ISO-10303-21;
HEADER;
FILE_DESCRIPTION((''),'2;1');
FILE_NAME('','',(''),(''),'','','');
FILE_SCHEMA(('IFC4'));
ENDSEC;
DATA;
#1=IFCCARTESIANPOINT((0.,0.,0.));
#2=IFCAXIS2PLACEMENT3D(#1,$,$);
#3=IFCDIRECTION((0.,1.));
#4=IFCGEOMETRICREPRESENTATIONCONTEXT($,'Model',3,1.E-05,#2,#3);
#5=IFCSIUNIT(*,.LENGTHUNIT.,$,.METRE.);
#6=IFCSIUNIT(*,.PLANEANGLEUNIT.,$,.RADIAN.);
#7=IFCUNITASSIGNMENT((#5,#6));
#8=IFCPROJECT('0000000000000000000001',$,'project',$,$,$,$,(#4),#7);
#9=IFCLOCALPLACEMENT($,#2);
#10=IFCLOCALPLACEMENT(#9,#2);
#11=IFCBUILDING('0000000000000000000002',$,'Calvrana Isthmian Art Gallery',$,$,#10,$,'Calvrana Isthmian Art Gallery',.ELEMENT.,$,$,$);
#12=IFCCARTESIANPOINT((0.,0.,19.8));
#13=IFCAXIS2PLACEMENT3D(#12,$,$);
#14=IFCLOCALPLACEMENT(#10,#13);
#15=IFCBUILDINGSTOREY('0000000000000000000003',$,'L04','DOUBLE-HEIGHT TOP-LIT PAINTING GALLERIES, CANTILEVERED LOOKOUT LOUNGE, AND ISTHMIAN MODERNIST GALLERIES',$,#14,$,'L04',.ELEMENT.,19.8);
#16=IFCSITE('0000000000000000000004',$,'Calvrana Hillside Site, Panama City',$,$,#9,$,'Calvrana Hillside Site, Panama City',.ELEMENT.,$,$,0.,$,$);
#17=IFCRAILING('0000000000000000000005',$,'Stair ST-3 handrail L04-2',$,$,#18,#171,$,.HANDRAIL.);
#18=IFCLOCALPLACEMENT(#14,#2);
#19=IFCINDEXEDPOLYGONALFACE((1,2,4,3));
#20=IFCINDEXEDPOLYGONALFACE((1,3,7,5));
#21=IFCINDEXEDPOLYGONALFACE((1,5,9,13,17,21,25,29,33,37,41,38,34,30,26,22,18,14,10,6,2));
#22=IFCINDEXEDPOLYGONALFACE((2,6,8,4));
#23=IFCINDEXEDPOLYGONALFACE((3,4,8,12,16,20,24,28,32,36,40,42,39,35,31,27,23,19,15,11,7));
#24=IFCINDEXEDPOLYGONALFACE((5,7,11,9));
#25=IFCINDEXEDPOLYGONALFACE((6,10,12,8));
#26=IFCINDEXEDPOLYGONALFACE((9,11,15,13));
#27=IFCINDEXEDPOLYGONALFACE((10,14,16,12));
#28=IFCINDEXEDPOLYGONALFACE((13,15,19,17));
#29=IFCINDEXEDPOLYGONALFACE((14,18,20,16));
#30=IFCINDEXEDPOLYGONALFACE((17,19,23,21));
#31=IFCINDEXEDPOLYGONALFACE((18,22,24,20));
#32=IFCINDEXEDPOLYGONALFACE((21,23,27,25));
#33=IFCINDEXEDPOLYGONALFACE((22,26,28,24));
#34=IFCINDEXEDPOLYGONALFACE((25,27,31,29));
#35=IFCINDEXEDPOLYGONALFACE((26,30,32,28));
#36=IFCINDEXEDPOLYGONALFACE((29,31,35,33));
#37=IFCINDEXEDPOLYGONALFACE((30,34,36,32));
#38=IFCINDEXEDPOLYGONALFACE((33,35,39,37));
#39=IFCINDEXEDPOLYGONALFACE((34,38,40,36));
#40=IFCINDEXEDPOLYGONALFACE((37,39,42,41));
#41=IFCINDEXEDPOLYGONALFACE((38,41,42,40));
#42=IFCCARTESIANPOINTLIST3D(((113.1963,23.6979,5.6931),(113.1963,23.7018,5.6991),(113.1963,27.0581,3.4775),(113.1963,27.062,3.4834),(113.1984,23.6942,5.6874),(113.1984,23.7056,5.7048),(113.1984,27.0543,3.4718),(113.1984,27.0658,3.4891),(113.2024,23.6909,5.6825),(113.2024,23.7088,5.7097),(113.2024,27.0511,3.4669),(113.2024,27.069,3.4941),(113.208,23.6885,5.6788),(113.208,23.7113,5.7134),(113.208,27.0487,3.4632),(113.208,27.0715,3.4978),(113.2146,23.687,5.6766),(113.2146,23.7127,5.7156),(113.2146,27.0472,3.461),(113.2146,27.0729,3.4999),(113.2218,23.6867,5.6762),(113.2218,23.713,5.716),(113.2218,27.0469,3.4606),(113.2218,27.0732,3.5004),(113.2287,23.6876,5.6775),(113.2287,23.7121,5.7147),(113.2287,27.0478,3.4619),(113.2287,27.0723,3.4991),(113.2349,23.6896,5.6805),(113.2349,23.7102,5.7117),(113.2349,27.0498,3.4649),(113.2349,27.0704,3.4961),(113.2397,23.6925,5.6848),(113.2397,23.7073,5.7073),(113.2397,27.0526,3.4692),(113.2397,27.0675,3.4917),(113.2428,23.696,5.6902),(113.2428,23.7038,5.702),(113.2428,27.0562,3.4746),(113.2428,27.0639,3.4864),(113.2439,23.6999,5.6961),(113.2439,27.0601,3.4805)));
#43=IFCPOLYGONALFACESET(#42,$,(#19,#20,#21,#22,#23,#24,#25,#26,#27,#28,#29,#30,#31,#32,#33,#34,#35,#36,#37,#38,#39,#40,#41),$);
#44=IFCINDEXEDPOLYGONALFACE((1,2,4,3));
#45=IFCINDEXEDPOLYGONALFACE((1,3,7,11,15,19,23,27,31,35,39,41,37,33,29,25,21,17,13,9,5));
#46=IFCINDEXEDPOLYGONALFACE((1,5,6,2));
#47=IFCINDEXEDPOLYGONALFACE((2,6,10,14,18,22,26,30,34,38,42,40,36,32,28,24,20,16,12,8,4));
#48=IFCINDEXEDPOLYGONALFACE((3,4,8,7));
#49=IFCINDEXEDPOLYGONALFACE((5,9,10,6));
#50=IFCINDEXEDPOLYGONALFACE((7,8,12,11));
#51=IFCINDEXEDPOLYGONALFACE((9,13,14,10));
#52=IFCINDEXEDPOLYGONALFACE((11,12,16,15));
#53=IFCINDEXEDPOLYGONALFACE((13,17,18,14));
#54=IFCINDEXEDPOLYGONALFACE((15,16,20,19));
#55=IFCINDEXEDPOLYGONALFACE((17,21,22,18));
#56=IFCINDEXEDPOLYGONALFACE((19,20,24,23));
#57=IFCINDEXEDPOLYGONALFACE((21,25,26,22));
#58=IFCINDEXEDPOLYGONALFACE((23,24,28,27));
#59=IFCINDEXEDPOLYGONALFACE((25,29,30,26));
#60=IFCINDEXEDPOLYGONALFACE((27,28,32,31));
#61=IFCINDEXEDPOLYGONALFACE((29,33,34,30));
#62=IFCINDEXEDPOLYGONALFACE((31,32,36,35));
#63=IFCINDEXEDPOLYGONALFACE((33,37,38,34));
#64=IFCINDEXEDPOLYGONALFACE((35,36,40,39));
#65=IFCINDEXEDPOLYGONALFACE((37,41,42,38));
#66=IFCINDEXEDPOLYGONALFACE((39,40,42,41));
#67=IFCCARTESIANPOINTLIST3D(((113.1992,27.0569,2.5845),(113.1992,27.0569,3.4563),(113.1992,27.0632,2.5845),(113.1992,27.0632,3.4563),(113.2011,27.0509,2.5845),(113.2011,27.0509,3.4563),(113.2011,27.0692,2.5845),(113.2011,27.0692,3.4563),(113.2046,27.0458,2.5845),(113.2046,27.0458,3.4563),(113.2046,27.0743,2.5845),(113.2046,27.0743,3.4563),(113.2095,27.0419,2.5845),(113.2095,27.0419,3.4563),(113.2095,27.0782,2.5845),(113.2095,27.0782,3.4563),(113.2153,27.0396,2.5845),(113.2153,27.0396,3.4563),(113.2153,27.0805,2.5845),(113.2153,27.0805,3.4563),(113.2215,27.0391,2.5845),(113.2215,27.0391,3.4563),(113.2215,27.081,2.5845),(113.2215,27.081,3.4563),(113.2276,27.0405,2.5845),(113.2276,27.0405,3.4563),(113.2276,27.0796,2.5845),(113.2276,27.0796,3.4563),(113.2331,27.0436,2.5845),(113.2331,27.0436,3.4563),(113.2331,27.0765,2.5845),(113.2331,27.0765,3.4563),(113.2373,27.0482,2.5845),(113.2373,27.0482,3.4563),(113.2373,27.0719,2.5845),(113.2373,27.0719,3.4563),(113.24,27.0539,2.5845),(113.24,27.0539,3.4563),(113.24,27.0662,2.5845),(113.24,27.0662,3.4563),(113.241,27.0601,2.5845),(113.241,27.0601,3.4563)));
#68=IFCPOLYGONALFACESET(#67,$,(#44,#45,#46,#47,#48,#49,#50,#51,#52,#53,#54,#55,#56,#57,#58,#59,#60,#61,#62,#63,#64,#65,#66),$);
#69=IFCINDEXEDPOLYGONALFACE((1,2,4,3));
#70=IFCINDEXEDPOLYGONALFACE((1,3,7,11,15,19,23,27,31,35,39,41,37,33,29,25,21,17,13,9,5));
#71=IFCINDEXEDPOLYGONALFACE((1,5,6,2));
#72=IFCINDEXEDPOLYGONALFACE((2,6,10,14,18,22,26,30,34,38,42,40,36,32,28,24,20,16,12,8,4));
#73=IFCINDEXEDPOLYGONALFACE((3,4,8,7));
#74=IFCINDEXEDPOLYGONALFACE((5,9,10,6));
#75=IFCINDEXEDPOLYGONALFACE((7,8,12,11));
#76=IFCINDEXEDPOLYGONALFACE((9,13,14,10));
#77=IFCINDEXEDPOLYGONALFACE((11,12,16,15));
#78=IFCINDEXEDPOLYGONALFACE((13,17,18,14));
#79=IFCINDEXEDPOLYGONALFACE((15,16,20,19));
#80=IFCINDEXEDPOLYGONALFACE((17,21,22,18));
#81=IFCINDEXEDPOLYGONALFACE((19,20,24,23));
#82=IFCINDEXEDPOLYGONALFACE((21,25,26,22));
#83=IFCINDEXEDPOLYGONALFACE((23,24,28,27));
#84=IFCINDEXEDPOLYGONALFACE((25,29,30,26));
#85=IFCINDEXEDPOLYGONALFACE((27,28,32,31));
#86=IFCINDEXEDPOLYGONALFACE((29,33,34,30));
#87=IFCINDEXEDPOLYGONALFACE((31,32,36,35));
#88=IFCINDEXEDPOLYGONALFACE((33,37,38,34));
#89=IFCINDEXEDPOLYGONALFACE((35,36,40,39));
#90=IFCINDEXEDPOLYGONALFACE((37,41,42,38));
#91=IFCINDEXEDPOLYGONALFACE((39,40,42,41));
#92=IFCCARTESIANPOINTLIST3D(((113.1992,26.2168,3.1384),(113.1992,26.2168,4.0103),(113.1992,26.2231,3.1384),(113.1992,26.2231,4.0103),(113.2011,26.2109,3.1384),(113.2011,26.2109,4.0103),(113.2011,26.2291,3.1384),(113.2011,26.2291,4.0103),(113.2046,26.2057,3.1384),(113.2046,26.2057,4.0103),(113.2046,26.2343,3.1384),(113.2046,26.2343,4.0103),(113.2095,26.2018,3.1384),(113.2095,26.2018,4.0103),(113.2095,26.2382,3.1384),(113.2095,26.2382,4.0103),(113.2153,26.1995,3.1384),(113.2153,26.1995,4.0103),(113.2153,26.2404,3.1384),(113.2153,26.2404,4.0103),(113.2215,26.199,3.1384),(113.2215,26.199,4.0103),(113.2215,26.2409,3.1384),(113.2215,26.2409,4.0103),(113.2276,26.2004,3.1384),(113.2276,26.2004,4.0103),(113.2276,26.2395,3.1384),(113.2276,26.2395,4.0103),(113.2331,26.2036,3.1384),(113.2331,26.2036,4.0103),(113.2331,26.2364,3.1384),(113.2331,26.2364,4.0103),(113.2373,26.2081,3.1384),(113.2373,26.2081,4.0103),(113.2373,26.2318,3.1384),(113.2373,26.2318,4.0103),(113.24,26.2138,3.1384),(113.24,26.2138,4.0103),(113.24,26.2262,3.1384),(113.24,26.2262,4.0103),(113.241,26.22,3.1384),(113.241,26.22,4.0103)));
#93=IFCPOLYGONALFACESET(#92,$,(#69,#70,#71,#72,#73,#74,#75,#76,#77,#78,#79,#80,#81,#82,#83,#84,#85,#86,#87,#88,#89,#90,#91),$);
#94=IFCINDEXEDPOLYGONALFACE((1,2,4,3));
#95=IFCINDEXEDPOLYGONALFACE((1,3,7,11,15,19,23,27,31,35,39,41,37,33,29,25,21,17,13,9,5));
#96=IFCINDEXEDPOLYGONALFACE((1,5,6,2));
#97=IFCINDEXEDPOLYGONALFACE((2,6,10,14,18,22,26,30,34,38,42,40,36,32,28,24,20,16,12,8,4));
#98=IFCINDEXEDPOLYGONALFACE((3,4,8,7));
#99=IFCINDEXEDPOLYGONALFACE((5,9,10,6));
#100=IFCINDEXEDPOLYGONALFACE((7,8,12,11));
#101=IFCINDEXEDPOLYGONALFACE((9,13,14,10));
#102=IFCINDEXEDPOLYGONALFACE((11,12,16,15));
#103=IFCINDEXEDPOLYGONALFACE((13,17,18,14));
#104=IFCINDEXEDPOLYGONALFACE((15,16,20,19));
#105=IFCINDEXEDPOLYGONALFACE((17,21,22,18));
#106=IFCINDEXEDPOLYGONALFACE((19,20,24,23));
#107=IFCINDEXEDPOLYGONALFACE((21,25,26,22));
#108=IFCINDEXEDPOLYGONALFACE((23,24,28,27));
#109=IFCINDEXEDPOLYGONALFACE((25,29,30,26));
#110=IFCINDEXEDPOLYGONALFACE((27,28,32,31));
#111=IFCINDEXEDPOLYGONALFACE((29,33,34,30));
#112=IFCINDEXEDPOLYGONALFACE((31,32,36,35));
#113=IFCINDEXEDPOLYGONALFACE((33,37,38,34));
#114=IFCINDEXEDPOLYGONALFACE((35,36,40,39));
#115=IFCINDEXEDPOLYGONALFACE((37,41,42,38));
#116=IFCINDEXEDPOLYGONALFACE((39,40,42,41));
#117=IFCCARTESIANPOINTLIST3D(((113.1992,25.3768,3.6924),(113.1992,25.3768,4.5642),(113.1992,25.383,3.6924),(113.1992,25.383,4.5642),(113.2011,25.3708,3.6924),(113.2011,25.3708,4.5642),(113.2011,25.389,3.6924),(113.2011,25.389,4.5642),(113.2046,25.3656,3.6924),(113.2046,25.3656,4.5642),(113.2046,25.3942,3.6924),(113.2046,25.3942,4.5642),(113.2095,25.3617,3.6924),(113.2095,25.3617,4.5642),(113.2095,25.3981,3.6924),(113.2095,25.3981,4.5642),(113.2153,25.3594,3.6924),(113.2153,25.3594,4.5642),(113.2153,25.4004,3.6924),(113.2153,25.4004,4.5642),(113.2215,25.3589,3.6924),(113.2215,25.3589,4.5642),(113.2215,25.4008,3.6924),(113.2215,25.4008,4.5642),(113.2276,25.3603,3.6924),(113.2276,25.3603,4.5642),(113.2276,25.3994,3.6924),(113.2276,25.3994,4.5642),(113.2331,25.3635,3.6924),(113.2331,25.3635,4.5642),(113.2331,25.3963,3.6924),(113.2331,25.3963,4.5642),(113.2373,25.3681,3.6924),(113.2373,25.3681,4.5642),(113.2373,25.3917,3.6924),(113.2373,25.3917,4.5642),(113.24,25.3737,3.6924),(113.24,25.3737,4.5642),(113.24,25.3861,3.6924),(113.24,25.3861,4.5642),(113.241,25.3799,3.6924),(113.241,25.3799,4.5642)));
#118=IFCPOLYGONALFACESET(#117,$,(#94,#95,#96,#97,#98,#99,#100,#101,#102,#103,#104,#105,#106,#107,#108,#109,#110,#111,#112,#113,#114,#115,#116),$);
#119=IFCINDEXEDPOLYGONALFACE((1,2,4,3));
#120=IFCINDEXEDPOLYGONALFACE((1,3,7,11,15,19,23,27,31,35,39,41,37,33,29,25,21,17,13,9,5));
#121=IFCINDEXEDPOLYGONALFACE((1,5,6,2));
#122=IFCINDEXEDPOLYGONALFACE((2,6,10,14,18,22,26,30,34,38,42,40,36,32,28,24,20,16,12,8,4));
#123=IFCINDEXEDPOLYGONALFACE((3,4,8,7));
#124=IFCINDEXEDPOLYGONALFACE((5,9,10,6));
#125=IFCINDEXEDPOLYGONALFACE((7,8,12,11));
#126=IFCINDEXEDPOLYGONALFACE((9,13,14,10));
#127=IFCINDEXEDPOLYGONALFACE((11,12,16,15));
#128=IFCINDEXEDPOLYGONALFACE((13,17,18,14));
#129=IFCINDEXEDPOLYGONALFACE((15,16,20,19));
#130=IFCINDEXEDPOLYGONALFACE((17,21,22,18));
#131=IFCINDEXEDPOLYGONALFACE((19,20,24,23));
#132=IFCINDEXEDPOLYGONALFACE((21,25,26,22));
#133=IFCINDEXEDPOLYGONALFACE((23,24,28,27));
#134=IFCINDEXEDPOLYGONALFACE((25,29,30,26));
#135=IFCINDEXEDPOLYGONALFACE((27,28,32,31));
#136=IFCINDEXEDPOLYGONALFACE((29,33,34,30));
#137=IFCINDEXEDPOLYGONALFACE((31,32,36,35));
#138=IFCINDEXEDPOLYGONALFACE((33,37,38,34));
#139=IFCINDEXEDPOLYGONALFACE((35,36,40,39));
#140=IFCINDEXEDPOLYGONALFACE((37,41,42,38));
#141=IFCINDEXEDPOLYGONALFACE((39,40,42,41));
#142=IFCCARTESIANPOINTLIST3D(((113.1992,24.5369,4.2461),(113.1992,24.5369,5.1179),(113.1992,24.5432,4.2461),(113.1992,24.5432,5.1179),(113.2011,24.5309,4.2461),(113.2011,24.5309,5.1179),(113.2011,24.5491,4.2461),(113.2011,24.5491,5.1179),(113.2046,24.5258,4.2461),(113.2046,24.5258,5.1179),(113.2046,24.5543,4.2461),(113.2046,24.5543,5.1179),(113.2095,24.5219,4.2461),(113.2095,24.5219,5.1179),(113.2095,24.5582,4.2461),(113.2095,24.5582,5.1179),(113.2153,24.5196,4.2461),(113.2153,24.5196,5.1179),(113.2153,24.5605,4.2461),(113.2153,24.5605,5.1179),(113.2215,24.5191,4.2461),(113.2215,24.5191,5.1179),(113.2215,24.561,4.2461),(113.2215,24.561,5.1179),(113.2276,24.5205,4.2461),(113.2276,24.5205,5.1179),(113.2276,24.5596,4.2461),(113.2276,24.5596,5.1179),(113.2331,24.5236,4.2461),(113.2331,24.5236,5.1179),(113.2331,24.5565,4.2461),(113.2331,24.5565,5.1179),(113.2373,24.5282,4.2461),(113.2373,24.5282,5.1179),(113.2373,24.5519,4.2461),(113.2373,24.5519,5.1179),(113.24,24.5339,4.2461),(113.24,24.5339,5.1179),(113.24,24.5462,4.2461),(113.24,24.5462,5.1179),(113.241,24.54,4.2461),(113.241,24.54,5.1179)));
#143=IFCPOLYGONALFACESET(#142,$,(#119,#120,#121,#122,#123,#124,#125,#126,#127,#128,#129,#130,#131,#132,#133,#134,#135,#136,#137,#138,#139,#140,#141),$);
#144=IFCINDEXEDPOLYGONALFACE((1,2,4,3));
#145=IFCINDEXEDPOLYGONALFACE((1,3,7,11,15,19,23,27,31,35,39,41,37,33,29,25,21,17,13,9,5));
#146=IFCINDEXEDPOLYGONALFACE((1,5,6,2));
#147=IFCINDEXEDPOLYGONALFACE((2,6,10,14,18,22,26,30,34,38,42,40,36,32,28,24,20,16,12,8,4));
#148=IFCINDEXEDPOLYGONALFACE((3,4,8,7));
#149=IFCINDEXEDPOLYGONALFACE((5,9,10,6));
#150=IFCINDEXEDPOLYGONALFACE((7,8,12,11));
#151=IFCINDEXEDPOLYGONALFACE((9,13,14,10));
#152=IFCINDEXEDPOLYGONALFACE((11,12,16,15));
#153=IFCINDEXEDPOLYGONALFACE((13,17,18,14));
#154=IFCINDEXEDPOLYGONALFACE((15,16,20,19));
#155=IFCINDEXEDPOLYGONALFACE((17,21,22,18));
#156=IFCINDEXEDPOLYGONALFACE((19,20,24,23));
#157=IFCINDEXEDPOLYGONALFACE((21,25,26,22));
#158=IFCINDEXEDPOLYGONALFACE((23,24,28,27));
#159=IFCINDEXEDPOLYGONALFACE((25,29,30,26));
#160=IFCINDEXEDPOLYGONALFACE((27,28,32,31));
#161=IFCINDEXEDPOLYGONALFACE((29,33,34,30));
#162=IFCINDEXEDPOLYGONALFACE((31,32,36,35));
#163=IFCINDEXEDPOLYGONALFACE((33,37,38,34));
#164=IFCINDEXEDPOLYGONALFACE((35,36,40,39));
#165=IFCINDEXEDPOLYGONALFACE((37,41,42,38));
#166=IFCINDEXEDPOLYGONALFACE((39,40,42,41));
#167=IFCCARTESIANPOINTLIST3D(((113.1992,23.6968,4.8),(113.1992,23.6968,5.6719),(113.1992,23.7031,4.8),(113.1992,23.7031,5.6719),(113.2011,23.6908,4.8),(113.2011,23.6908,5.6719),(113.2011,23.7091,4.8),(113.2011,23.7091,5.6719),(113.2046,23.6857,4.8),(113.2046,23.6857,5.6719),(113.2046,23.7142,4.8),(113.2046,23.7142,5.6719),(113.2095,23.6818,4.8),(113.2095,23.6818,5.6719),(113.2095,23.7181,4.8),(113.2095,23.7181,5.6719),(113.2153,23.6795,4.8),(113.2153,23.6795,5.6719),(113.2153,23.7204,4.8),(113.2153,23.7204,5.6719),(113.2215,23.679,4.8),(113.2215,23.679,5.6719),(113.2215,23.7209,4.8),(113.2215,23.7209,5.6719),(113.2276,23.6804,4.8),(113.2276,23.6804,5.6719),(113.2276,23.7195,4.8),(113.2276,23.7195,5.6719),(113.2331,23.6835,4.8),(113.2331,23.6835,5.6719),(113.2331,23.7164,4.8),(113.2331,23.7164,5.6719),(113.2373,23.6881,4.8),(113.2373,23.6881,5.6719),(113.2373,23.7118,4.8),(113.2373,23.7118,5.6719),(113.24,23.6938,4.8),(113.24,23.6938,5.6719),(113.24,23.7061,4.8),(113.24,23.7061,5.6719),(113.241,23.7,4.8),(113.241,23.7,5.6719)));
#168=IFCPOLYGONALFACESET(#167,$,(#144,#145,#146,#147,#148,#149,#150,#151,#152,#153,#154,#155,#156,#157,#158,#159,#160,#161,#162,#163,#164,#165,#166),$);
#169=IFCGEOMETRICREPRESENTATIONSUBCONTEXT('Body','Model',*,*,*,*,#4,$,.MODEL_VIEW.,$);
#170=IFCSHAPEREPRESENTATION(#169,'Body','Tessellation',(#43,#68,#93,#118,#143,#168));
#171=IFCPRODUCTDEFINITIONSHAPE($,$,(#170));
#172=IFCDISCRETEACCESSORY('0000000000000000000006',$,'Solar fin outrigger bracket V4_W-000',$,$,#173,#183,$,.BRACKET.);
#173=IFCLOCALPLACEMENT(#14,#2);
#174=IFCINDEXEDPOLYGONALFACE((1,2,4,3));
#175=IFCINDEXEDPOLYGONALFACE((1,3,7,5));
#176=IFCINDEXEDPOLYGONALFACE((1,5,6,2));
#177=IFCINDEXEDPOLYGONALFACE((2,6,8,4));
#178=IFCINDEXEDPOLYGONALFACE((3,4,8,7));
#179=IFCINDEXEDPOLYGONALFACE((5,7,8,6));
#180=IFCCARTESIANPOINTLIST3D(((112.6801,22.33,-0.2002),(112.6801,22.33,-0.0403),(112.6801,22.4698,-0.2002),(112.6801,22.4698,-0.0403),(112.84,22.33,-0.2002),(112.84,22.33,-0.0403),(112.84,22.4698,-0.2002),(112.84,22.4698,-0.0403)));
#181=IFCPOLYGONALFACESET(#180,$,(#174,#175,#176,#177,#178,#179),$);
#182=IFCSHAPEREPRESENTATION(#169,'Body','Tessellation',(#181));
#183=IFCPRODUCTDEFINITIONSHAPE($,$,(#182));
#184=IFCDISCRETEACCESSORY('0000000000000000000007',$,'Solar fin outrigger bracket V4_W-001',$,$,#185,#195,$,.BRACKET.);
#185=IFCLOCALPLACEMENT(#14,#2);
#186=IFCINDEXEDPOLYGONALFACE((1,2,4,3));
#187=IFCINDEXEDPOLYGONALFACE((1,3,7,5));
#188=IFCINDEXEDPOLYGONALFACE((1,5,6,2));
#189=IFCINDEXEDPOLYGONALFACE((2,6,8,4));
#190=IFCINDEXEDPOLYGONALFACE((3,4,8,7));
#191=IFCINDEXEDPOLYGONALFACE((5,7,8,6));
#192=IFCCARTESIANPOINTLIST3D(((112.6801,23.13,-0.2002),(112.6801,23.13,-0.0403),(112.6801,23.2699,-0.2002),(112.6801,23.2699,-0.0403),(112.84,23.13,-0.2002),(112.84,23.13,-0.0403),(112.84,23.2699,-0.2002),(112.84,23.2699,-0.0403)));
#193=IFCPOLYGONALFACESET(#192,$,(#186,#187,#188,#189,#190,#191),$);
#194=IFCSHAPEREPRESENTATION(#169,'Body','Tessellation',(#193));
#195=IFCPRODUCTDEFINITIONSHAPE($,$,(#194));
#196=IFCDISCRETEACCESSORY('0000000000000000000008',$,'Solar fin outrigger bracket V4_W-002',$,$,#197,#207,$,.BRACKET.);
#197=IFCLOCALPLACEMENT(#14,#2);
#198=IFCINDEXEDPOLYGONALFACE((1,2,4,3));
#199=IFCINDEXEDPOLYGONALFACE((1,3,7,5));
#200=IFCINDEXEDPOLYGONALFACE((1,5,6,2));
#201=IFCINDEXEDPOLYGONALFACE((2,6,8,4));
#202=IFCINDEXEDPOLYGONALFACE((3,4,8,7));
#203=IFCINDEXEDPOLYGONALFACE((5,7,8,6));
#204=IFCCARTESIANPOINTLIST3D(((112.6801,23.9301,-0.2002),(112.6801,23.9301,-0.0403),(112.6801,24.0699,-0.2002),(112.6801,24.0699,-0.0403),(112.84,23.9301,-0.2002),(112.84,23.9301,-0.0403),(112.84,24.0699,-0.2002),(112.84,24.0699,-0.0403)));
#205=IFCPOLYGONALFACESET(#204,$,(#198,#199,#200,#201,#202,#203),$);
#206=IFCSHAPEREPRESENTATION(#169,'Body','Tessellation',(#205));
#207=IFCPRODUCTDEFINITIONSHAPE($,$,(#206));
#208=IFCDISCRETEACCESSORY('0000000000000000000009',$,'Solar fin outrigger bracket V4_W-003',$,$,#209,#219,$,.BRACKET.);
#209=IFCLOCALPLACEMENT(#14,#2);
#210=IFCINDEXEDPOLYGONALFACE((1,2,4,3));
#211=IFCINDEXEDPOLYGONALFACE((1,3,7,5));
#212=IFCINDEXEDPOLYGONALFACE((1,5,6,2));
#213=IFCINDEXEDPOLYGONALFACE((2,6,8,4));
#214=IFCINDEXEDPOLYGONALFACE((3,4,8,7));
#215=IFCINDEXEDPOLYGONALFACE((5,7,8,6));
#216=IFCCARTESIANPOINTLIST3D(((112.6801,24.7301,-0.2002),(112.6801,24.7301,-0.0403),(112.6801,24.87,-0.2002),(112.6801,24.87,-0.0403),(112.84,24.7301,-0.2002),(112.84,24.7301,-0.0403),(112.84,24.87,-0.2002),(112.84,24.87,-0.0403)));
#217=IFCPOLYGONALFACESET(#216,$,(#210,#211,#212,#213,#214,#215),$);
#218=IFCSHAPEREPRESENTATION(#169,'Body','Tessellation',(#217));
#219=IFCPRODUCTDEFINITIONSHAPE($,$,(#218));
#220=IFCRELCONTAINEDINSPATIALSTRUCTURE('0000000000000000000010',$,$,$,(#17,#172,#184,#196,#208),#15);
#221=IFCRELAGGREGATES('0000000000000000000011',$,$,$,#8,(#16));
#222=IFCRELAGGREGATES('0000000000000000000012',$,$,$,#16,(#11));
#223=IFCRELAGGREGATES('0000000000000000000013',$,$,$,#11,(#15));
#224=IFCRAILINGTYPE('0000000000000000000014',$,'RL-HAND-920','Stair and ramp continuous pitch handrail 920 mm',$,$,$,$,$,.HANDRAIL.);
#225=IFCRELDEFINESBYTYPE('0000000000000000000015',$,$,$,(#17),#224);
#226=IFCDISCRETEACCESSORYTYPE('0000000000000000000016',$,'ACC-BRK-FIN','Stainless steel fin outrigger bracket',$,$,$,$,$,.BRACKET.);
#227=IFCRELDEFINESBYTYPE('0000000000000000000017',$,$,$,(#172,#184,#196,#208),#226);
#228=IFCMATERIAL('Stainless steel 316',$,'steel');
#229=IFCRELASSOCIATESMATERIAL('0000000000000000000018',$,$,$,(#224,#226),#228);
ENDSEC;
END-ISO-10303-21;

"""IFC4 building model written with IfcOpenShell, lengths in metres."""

from ifc_helpers import new_model, si_unit, direction, frame, origin, origin_2d, place, context, subcontext, project, spatial, rectangle, circle, extrude, material, type_object, element, save


model = new_model("IFC4")

# Units and contexts
model_context = context("Model", 3, precision=1e-05, world=origin(), true_north=direction((0.0, 1.0)))
body_context = subcontext(model_context, "Body", "Model", "MODEL_VIEW")
ifc_project = project(units=[si_unit("LENGTHUNIT", "METRE"), si_unit("PLANEANGLEUNIT", "RADIAN")], contexts=[model_context])

# Site, building, storey
site_placement = place(None, origin())
site = spatial("IfcSite", under=ifc_project, at=site_placement, Name="Calvrana Hillside Site, Panama City", LongName="Calvrana Hillside Site, Panama City", CompositionType="ELEMENT", RefElevation=0.0)
building_placement = place(site_placement, origin())
building = spatial("IfcBuilding", under=site, at=building_placement, Name="Calvrana Isthmian Art Gallery", LongName="Calvrana Isthmian Art Gallery", CompositionType="ELEMENT")
storey_placement = place(building_placement, frame((0.0, 0.0, 19.8)))
storey = spatial("IfcBuildingStorey", under=building, at=storey_placement, Name="L04", Description="DOUBLE-HEIGHT TOP-LIT PAINTING GALLERIES, CANTILEVERED LOOKOUT LOUNGE, AND ISTHMIAN MODERNIST GALLERIES", LongName="L04", CompositionType="ELEMENT", Elevation=19.8)

# Railing
ifc_material_1 = material(Name="Stainless steel 316", Category="steel")
railing_type_1 = type_object("IfcRailingType", Name="RL-HAND-920", Description="Stair and ramp continuous pitch handrail 920 mm", PredefinedType="HANDRAIL", material=ifc_material_1)
railing_1_placement = place(storey_placement, frame((113.22, 27.0601, 2.5845)))
element("IfcRailing", 1, at=railing_1_placement, inside=storey, type_object=railing_type_1, Name="Stair ST-3 handrail L04-2", PredefinedType="HANDRAIL", context=body_context, shape_type="SweptSolid", body=[
    extrude(circle(Radius=0.0239, at=origin_2d()), frame((0.0, 0.0, 0.896), z_axis=(0.0, -0.834849, 0.55048), x_axis=(1.0, 0.0, 0.0)), (0.0, 0.0, 1.0), 4.0249),
    extrude(circle(Radius=0.021, at=origin_2d()), origin(), (0.0, 0.0, 1.0), 0.8718),
    extrude(circle(Radius=0.021, at=origin_2d()), frame((0.0, -0.8401, 0.554)), (0.0, 0.0, 1.0), 0.8718),
    extrude(circle(Radius=0.021, at=origin_2d()), frame((0.0, -1.6802, 1.1079)), (0.0, 0.0, 1.0), 0.8718),
    extrude(circle(Radius=0.021, at=origin_2d()), frame((0.0, -2.52, 1.6616)), (0.0, 0.0, 1.0), 0.8718),
    extrude(circle(Radius=0.021, at=origin_2d()), frame((0.0, -3.3601, 2.2156)), (0.0, 0.0, 1.0), 0.8718),
])

# Discrete accessories
discrete_accessory_type = type_object("IfcDiscreteAccessoryType", Name="ACC-BRK-FIN", Description="Stainless steel fin outrigger bracket", PredefinedType="BRACKET", material=ifc_material_1)
for number, where, z_axis, x_axis, name in (
    (2, (112.76, 22.3999, -0.2002), (0.0, 0.0, 1.0), (1.0, 0.0, 0.0), "Solar fin outrigger bracket V4_W-000"),
    (3, (112.76, 23.2, -0.2002), (0.0, 0.0, 1.0), (1.0, 0.0, 0.0), "Solar fin outrigger bracket V4_W-001"),
    (4, (112.76, 24.0, -0.2002), (0.0, 0.0, 1.0), (1.0, 0.0, 0.0), "Solar fin outrigger bracket V4_W-002"),
    (5, (112.76, 24.8, -0.2002), (0.0, 0.0, 1.0), (1.0, 0.0, 0.0), "Solar fin outrigger bracket V4_W-003"),
):
    element("IfcDiscreteAccessory", number, at=place(storey_placement, frame(where, z_axis=z_axis, x_axis=x_axis)), inside=storey, type_object=discrete_accessory_type, Name=name, PredefinedType="BRACKET", context=body_context, shape_type="SweptSolid", body=[
        extrude(rectangle(XDim=0.1599, YDim=0.1399, at=origin_2d()), origin(), (0.0, 0.0, 1.0), 0.1599),
    ])

save(model, "model.ifc")
